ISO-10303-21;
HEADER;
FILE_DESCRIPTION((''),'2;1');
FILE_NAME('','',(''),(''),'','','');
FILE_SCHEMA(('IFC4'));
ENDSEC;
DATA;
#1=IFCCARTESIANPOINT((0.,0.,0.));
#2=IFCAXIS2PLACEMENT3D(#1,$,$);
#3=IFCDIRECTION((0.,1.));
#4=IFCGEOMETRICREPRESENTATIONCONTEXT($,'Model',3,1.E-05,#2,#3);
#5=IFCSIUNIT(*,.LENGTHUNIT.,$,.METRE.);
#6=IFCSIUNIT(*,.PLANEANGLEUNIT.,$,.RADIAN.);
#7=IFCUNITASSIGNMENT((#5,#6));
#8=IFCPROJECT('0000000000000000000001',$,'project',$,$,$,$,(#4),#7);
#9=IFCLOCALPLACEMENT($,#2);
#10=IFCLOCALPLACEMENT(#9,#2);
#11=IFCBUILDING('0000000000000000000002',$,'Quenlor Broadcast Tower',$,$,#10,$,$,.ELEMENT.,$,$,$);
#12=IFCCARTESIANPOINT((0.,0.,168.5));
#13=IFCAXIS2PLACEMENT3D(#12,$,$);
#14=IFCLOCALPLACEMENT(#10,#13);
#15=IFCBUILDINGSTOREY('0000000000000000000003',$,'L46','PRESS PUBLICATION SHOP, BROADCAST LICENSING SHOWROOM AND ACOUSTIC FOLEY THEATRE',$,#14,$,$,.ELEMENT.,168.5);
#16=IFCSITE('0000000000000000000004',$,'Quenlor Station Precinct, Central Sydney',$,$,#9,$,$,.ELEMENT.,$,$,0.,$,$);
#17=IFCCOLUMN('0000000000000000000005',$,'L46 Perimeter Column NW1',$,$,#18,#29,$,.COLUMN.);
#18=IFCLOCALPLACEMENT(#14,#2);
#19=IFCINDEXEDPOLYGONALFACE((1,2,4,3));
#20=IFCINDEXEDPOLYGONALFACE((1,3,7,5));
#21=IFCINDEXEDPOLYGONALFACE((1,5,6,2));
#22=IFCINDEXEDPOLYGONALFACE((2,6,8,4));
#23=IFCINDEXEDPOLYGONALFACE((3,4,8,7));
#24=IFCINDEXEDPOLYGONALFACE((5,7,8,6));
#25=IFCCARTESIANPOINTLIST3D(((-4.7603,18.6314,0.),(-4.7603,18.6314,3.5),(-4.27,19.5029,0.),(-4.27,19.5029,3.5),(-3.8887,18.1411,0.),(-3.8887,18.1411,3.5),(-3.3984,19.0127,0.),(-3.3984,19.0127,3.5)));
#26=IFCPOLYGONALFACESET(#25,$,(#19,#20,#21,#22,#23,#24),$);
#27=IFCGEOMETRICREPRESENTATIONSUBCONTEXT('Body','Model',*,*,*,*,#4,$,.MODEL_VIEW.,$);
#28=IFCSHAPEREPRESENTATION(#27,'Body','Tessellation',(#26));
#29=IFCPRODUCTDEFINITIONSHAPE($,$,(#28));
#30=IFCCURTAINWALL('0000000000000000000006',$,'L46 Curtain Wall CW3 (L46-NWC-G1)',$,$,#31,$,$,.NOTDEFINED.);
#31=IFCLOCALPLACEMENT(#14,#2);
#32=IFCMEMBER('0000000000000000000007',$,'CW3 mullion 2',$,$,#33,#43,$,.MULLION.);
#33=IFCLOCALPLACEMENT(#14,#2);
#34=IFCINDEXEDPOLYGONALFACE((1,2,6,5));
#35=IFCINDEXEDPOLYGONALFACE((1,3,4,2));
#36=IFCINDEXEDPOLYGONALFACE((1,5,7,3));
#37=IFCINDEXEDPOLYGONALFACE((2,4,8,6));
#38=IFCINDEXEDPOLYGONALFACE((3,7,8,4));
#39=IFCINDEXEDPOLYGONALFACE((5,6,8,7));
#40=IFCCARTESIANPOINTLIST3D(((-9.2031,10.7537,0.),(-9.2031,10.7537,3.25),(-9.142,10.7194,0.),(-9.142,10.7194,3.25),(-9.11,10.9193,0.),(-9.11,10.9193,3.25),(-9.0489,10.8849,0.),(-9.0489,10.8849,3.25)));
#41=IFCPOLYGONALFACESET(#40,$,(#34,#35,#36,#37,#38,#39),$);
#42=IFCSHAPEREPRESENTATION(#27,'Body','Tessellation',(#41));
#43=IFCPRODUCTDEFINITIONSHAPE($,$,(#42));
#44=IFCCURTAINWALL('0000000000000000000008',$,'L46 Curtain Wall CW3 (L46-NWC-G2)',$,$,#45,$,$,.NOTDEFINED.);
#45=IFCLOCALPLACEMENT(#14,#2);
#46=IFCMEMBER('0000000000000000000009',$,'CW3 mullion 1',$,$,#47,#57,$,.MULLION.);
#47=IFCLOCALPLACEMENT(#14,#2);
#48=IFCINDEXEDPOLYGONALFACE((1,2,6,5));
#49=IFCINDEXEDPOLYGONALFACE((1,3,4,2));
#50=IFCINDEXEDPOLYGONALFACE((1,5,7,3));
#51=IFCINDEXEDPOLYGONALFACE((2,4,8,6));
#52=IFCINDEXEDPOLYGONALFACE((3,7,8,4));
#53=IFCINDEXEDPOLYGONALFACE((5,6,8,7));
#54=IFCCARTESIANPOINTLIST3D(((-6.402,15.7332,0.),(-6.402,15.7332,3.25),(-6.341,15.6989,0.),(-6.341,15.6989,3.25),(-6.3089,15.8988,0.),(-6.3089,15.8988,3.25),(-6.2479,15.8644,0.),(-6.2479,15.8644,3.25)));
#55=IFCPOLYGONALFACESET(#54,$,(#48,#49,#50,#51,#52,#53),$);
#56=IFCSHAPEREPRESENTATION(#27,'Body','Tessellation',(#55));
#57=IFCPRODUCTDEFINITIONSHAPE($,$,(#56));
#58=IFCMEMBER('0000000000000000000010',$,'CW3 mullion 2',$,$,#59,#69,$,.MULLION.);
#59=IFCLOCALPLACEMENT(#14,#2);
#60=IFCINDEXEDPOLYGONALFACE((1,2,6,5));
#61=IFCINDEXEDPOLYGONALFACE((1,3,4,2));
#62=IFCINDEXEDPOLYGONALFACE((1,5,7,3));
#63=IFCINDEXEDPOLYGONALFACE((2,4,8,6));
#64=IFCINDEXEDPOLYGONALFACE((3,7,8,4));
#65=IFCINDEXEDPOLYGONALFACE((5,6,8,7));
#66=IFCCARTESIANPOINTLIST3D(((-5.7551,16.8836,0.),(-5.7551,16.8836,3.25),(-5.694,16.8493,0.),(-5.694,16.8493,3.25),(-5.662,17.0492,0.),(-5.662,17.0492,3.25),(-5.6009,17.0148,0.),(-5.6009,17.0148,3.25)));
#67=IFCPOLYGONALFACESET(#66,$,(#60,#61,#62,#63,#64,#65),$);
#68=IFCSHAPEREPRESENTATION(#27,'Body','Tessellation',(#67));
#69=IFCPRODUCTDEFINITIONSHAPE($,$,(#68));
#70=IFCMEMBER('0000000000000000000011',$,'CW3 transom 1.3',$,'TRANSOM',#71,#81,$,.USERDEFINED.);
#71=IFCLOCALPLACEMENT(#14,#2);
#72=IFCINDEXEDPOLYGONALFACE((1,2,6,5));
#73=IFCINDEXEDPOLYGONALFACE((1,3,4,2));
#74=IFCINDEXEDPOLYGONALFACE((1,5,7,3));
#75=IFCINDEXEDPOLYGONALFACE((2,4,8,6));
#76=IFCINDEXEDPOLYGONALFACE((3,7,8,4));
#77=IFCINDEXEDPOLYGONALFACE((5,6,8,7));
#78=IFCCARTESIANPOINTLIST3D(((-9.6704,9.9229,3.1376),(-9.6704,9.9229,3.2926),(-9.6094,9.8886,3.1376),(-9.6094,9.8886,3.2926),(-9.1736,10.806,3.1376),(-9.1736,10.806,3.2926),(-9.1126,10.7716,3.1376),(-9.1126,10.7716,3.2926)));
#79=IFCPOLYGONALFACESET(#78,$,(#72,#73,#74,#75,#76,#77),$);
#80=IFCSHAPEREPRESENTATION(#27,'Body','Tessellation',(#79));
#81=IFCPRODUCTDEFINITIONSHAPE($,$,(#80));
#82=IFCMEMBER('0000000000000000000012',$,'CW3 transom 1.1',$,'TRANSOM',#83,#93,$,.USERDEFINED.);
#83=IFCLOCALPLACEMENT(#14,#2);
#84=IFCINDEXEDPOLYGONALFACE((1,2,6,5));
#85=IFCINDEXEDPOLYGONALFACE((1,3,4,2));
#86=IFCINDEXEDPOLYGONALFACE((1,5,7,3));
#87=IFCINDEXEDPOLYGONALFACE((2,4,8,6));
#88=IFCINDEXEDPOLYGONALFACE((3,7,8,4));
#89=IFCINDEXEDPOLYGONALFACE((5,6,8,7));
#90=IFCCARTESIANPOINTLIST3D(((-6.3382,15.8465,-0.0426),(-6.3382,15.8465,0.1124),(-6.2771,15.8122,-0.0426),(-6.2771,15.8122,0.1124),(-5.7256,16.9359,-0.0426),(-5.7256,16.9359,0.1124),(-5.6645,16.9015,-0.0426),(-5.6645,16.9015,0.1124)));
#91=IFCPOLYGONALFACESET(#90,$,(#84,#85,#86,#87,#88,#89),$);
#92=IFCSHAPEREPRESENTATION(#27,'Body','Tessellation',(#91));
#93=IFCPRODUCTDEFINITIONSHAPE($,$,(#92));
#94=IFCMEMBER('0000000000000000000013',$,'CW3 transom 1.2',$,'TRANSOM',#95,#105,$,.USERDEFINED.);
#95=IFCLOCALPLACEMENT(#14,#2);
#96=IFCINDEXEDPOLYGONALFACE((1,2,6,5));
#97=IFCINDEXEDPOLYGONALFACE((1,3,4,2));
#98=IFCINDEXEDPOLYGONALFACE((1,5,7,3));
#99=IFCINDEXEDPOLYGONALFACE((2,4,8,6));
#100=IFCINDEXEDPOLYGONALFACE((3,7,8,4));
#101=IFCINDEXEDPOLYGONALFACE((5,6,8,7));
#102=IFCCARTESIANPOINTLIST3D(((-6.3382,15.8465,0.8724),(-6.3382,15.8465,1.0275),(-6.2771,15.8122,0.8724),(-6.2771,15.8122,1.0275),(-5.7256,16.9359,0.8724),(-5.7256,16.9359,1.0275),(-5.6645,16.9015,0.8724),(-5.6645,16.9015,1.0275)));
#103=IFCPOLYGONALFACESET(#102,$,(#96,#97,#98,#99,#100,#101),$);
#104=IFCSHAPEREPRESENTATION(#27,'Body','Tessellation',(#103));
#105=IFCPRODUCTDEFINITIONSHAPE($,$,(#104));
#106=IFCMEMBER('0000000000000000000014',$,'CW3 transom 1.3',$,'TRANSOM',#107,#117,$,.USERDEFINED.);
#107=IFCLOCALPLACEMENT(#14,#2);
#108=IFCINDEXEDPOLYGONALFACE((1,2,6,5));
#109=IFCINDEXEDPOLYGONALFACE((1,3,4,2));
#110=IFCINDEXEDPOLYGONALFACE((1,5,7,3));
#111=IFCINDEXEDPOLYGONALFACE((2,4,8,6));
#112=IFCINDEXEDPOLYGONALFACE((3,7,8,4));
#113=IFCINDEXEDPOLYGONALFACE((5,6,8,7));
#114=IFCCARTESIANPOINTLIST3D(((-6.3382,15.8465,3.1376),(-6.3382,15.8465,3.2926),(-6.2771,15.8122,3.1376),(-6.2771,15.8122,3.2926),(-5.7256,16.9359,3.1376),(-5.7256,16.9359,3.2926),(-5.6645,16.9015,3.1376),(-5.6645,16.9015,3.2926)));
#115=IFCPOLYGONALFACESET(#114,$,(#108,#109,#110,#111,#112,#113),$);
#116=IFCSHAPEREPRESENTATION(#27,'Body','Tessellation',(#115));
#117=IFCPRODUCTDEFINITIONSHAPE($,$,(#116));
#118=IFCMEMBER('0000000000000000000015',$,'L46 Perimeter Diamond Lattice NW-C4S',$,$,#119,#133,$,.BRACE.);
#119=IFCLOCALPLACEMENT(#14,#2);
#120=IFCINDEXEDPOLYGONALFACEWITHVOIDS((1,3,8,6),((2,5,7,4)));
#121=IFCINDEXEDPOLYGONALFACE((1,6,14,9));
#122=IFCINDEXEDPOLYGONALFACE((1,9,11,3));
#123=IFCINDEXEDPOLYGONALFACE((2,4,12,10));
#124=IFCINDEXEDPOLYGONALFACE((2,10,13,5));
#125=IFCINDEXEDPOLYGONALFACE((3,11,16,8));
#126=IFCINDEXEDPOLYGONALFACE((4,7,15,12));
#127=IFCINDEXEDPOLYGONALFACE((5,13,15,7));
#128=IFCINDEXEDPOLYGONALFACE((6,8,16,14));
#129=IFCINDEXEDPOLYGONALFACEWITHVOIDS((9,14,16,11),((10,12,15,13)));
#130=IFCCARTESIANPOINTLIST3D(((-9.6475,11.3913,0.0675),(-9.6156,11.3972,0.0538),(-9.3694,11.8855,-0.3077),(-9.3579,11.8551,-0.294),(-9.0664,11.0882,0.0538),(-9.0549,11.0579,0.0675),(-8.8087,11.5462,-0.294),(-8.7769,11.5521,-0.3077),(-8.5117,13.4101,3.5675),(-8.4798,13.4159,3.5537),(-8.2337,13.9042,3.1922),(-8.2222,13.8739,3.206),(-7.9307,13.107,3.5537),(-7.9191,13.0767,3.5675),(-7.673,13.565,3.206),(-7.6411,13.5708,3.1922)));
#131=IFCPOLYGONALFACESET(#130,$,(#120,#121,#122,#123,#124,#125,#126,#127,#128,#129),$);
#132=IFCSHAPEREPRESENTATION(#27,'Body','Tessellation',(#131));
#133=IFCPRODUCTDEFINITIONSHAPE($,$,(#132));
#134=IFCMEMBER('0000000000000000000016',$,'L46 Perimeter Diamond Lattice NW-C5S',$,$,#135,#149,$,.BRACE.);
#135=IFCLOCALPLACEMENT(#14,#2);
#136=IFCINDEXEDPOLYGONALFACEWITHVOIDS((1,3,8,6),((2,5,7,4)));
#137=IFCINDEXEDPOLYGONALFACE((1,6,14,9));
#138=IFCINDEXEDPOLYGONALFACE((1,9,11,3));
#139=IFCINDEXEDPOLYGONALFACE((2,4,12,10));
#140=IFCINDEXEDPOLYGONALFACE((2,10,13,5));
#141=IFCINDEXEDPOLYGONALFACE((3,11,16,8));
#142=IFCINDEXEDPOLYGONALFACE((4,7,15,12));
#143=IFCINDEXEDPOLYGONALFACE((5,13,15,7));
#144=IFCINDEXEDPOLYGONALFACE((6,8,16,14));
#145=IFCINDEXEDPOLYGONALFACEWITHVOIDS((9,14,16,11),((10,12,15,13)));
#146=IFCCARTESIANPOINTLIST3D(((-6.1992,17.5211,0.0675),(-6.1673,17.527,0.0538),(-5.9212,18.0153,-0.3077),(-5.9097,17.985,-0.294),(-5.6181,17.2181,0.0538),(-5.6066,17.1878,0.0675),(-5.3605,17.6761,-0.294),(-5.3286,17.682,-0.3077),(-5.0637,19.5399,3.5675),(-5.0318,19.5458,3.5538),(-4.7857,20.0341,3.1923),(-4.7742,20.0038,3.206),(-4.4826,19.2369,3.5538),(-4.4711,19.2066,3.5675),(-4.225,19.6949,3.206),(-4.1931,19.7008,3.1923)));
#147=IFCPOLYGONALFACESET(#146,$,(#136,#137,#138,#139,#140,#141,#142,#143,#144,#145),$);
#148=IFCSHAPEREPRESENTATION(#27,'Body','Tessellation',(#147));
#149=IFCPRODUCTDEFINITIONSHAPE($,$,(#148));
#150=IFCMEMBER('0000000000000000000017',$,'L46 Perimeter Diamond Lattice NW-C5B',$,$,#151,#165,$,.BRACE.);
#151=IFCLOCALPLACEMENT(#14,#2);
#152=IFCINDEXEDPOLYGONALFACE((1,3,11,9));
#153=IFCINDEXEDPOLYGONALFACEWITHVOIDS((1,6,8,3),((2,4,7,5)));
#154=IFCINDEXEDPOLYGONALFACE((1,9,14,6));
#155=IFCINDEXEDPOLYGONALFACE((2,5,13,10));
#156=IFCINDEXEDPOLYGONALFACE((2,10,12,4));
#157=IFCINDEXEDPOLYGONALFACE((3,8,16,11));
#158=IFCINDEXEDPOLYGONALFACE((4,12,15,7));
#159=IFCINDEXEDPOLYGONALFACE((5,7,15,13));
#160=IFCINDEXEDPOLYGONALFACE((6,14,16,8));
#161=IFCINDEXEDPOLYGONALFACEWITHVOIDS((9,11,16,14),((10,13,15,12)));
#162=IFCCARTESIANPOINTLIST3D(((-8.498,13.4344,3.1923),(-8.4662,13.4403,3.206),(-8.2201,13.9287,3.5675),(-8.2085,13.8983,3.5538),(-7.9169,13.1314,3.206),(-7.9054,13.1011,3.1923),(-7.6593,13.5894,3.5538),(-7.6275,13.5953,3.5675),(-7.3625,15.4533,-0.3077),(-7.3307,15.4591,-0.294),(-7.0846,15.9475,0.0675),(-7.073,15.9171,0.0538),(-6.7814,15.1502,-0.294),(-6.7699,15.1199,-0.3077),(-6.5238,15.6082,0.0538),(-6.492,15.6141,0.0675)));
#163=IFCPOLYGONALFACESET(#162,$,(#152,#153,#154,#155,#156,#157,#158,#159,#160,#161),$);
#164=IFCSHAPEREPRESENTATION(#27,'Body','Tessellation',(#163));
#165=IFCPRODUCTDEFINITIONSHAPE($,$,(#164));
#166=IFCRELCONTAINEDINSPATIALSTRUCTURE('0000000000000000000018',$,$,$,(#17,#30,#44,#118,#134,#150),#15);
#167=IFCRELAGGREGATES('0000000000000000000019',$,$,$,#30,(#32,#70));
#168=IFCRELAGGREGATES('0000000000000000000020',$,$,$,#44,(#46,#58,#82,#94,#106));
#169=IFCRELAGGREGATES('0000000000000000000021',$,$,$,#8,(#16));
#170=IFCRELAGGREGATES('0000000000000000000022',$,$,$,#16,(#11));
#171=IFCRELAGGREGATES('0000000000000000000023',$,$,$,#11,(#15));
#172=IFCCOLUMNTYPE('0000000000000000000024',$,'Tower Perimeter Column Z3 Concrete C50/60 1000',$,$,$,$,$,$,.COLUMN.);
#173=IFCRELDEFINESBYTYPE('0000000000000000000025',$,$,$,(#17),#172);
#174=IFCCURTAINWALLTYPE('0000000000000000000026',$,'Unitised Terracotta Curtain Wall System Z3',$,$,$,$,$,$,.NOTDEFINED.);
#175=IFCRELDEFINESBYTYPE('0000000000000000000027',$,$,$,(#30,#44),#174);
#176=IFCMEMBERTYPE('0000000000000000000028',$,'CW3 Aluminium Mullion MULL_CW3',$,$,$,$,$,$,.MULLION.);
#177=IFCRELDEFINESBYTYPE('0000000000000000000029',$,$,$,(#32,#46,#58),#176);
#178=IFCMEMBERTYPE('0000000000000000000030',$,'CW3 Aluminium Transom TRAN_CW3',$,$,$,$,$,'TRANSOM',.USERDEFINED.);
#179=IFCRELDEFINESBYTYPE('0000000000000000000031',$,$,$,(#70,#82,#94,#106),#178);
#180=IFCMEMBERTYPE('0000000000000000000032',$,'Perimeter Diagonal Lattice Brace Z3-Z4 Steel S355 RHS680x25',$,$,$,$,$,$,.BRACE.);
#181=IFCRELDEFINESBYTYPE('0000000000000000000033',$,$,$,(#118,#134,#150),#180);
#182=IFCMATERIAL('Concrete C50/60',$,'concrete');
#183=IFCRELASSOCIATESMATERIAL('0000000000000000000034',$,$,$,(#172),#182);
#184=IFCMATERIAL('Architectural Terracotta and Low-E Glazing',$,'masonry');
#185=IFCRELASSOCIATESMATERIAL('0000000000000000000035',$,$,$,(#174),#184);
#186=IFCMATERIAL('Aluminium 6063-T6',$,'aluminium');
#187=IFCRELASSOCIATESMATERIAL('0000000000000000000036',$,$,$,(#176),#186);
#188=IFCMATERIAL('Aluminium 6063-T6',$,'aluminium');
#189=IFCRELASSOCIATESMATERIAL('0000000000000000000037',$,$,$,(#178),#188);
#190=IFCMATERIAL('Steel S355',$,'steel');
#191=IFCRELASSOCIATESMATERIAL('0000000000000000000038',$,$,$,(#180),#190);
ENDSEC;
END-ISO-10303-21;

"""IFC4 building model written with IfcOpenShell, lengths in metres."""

from ifc_helpers import new_model, si_unit, direction, frame, origin, origin_2d, place, context, subcontext, project, spatial, rectangle, hollow_rectangle, extrude, material, material_profile, profile_set, type_object, element, aggregate, save


model = new_model("IFC4")

# Units and contexts
model_context = context("Model", 3, precision=1e-05, world=origin(), true_north=direction((0.0, 1.0)))
body_context = subcontext(model_context, "Body", "Model", "MODEL_VIEW")
ifc_project = project(units=[si_unit("LENGTHUNIT", "METRE"), si_unit("PLANEANGLEUNIT", "RADIAN")], contexts=[model_context])

# Site, building, storey
site_placement = place(None, origin())
site = spatial("IfcSite", under=ifc_project, at=site_placement, Name="Quenlor Station Precinct, Central Sydney", CompositionType="ELEMENT", RefElevation=0.0)
building_placement = place(site_placement, origin())
building = spatial("IfcBuilding", under=site, at=building_placement, Name="Quenlor Broadcast Tower", CompositionType="ELEMENT")
storey_placement = place(building_placement, frame((0.0, 0.0, 168.5)))
storey = spatial("IfcBuildingStorey", under=building, at=storey_placement, Name="L46", Description="PRESS PUBLICATION SHOP, BROADCAST LICENSING SHOWROOM AND ACOUSTIC FOLEY THEATRE", CompositionType="ELEMENT", Elevation=168.5)

# Column
ifc_material_1 = material(Name="Concrete C50/60", Category="concrete")
ifc_material_profile_1 = material_profile(ifc_material_1, rectangle(XDim=1.0, YDim=1.0, at=origin_2d()))
ifc_profile_set_1 = profile_set([ifc_material_profile_1], Name="Concrete C50/60 RC1000x1000")
column_type = type_object("IfcColumnType", Name="Tower Perimeter Column Z3 Concrete C50/60 1000", PredefinedType="COLUMN", material=ifc_profile_set_1)
column_placement = place(storey_placement, frame((-4.0793, 18.822, 0.0), z_axis=(0.0, 0.0, 1.0), x_axis=(-0.871575, 0.490262, 0.0)))
element("IfcColumn", 1, at=column_placement, inside=storey, type_object=column_type, Name="L46 Perimeter Column NW1", PredefinedType="COLUMN", context=body_context, shape_type="SweptSolid", body=[
    extrude(rectangle(XDim=1.0, YDim=1.0, at=origin_2d()), origin(), (0.0, 0.0, 1.0), 3.5),
])

# Curtain wall, member
ifc_material_2 = material(Name="Architectural Terracotta and Low-E Glazing", Category="masonry")
curtain_wall_type = type_object("IfcCurtainWallType", Name="Unitised Terracotta Curtain Wall System Z3", PredefinedType="NOTDEFINED", material=ifc_material_2)
curtain_wall_1_placement = place(storey_placement, origin())
curtain_wall_1 = element("IfcCurtainWall", 2, at=curtain_wall_1_placement, inside=storey, type_object=curtain_wall_type, Name="L46 Curtain Wall CW3 (L46-NWC-G1)", PredefinedType="NOTDEFINED")
ifc_material_3 = material(Name="Aluminium 6063-T6", Category="aluminium")
ifc_material_profile_2 = material_profile(ifc_material_3, rectangle(XDim=0.0701, YDim=0.1899, at=origin_2d()))
ifc_profile_set_2 = profile_set([ifc_material_profile_2], Name="Aluminium 6063-T6 MULL70x190")
member_type_1 = type_object("IfcMemberType", Name="CW3 Aluminium Mullion MULL_CW3", PredefinedType="MULLION", material=ifc_profile_set_2)
member_1_placement = place(storey_placement, frame((-9.126, 10.8193, 0.0), z_axis=(0.0, 0.0, 1.0), x_axis=(-0.871601, 0.490216, 0.0)))
member_1 = element("IfcMember", 3, at=member_1_placement, type_object=member_type_1, Name="CW3 mullion 2", PredefinedType="MULLION", context=body_context, shape_type="SweptSolid", body=[
    extrude(rectangle(XDim=0.0701, YDim=0.1899, at=origin_2d()), origin(), (0.0, 0.0, 1.0), 3.25),
])

# Curtain wall, members
curtain_wall_2_placement = place(storey_placement, origin())
curtain_wall_2 = element("IfcCurtainWall", 4, at=curtain_wall_2_placement, inside=storey, type_object=curtain_wall_type, Name="L46 Curtain Wall CW3 (L46-NWC-G2)", PredefinedType="NOTDEFINED")
member_2_placement = place(storey_placement, frame((-6.325, 15.7988, 0.0), z_axis=(0.0, 0.0, 1.0), x_axis=(-0.871593, 0.49023, 0.0)))
member_2 = element("IfcMember", 5, at=member_2_placement, type_object=member_type_1, Name="CW3 mullion 1", PredefinedType="MULLION", context=body_context, shape_type="SweptSolid", body=[
    extrude(rectangle(XDim=0.0701, YDim=0.1899, at=origin_2d()), origin(), (0.0, 0.0, 1.0), 3.25),
])
member_3_placement = place(storey_placement, frame((-5.678, 16.9492, 0.0), z_axis=(0.0, 0.0, 1.0), x_axis=(-0.871593, 0.49023, 0.0)))
member_3 = element("IfcMember", 6, at=member_3_placement, type_object=member_type_1, Name="CW3 mullion 2", PredefinedType="MULLION", context=body_context, shape_type="SweptSolid", body=[
    extrude(rectangle(XDim=0.0701, YDim=0.1899, at=origin_2d()), origin(), (0.0, 0.0, 1.0), 3.25),
])

# Members
ifc_material_4 = material(Name="Aluminium 6063-T6", Category="aluminium")
ifc_material_profile_3 = material_profile(ifc_material_4, rectangle(XDim=0.0701, YDim=0.155, at=origin_2d()))
ifc_profile_set_3 = profile_set([ifc_material_profile_3], Name="Aluminium 6063-T6 TRAN70x155")
member_type_2 = type_object("IfcMemberType", Name="CW3 Aluminium Transom TRAN_CW3", ElementType="TRANSOM", PredefinedType="USERDEFINED", material=ifc_profile_set_3)
member_4_placement = place(storey_placement, frame((-9.6399, 9.9058, 3.2151), z_axis=(0.490341, 0.87153, 0.0), x_axis=(-0.87153, 0.490341, 0.0)))
member_4 = element("IfcMember", 7, at=member_4_placement, type_object=member_type_2, Name="CW3 transom 1.3", ObjectType="TRANSOM", PredefinedType="USERDEFINED", context=body_context, shape_type="SweptSolid", body=[
    extrude(rectangle(XDim=0.0701, YDim=0.155, at=origin_2d()), origin(), (0.0, 0.0, 1.0), 1.0132),
])
member_5_placement = place(storey_placement, frame((-6.3076, 15.8293, 0.0349), z_axis=(0.490131, 0.871649, 0.0), x_axis=(-0.871649, 0.490131, 0.0)))
member_5 = element("IfcMember", 8, at=member_5_placement, type_object=member_type_2, Name="CW3 transom 1.1", ObjectType="TRANSOM", PredefinedType="USERDEFINED", context=body_context, shape_type="SweptSolid", body=[
    extrude(rectangle(XDim=0.0701, YDim=0.155, at=origin_2d()), origin(), (0.0, 0.0, 1.0), 1.2498),
])
member_6_placement = place(storey_placement, frame((-6.3076, 15.8293, 0.95), z_axis=(0.490131, 0.871649, 0.0), x_axis=(-0.871649, 0.490131, 0.0)))
member_6 = element("IfcMember", 9, at=member_6_placement, type_object=member_type_2, Name="CW3 transom 1.2", ObjectType="TRANSOM", PredefinedType="USERDEFINED", context=body_context, shape_type="SweptSolid", body=[
    extrude(rectangle(XDim=0.0701, YDim=0.155, at=origin_2d()), origin(), (0.0, 0.0, 1.0), 1.2498),
])
member_7_placement = place(storey_placement, frame((-6.3076, 15.8293, 3.2151), z_axis=(0.490131, 0.871649, 0.0), x_axis=(-0.871649, 0.490131, 0.0)))
member_7 = element("IfcMember", 10, at=member_7_placement, type_object=member_type_2, Name="CW3 transom 1.3", ObjectType="TRANSOM", PredefinedType="USERDEFINED", context=body_context, shape_type="SweptSolid", body=[
    extrude(rectangle(XDim=0.0701, YDim=0.155, at=origin_2d()), origin(), (0.0, 0.0, 1.0), 1.2498),
])

# Members
ifc_material_5 = material(Name="Steel S355", Category="steel")
ifc_material_profile_4 = material_profile(ifc_material_5, hollow_rectangle(XDim=0.6799, YDim=0.6799, WallThickness=0.0249, at=origin_2d()))
ifc_profile_set_4 = profile_set([ifc_material_profile_4], Name="Steel S355 RHS680x680x25")
member_type_3 = type_object("IfcMemberType", Name="Perimeter Diagonal Lattice Brace Z3-Z4 Steel S355 RHS680x25", PredefinedType="BRACE", material=ifc_profile_set_4)
for number, where, z_axis, x_axis, name in (
    (11, (-9.2122, 11.4717, -0.1201), (0.270603, 0.481001, 0.833914), (-0.871545, 0.490316, 0.0), "L46 Perimeter Diamond Lattice NW-C4S"),
    (12, (-5.7639, 17.6016, -0.1201), (0.270549, 0.481009, 0.833927), (-0.87159, 0.490236, 0.0), "L46 Perimeter Diamond Lattice NW-C5S"),
    (13, (-6.9272, 15.5337, -0.1201), (-0.270549, -0.481009, 0.833927), (0.87159, -0.490236, 0.0), "L46 Perimeter Diamond Lattice NW-C5B"),
):
    element("IfcMember", number, at=place(storey_placement, frame(where, z_axis=z_axis, x_axis=x_axis)), inside=storey, type_object=member_type_3, Name=name, PredefinedType="BRACE", context=body_context, shape_type="SweptSolid", body=[
        extrude(hollow_rectangle(XDim=0.6799, YDim=0.6799, WallThickness=0.0249, at=origin_2d()), origin(), (0.0, 0.0, 1.0), 4.197),
    ])

aggregate(curtain_wall_1, [member_1, member_4])
aggregate(curtain_wall_2, [member_2, member_3, member_5, member_6, member_7])

save(model, "model.ifc")
